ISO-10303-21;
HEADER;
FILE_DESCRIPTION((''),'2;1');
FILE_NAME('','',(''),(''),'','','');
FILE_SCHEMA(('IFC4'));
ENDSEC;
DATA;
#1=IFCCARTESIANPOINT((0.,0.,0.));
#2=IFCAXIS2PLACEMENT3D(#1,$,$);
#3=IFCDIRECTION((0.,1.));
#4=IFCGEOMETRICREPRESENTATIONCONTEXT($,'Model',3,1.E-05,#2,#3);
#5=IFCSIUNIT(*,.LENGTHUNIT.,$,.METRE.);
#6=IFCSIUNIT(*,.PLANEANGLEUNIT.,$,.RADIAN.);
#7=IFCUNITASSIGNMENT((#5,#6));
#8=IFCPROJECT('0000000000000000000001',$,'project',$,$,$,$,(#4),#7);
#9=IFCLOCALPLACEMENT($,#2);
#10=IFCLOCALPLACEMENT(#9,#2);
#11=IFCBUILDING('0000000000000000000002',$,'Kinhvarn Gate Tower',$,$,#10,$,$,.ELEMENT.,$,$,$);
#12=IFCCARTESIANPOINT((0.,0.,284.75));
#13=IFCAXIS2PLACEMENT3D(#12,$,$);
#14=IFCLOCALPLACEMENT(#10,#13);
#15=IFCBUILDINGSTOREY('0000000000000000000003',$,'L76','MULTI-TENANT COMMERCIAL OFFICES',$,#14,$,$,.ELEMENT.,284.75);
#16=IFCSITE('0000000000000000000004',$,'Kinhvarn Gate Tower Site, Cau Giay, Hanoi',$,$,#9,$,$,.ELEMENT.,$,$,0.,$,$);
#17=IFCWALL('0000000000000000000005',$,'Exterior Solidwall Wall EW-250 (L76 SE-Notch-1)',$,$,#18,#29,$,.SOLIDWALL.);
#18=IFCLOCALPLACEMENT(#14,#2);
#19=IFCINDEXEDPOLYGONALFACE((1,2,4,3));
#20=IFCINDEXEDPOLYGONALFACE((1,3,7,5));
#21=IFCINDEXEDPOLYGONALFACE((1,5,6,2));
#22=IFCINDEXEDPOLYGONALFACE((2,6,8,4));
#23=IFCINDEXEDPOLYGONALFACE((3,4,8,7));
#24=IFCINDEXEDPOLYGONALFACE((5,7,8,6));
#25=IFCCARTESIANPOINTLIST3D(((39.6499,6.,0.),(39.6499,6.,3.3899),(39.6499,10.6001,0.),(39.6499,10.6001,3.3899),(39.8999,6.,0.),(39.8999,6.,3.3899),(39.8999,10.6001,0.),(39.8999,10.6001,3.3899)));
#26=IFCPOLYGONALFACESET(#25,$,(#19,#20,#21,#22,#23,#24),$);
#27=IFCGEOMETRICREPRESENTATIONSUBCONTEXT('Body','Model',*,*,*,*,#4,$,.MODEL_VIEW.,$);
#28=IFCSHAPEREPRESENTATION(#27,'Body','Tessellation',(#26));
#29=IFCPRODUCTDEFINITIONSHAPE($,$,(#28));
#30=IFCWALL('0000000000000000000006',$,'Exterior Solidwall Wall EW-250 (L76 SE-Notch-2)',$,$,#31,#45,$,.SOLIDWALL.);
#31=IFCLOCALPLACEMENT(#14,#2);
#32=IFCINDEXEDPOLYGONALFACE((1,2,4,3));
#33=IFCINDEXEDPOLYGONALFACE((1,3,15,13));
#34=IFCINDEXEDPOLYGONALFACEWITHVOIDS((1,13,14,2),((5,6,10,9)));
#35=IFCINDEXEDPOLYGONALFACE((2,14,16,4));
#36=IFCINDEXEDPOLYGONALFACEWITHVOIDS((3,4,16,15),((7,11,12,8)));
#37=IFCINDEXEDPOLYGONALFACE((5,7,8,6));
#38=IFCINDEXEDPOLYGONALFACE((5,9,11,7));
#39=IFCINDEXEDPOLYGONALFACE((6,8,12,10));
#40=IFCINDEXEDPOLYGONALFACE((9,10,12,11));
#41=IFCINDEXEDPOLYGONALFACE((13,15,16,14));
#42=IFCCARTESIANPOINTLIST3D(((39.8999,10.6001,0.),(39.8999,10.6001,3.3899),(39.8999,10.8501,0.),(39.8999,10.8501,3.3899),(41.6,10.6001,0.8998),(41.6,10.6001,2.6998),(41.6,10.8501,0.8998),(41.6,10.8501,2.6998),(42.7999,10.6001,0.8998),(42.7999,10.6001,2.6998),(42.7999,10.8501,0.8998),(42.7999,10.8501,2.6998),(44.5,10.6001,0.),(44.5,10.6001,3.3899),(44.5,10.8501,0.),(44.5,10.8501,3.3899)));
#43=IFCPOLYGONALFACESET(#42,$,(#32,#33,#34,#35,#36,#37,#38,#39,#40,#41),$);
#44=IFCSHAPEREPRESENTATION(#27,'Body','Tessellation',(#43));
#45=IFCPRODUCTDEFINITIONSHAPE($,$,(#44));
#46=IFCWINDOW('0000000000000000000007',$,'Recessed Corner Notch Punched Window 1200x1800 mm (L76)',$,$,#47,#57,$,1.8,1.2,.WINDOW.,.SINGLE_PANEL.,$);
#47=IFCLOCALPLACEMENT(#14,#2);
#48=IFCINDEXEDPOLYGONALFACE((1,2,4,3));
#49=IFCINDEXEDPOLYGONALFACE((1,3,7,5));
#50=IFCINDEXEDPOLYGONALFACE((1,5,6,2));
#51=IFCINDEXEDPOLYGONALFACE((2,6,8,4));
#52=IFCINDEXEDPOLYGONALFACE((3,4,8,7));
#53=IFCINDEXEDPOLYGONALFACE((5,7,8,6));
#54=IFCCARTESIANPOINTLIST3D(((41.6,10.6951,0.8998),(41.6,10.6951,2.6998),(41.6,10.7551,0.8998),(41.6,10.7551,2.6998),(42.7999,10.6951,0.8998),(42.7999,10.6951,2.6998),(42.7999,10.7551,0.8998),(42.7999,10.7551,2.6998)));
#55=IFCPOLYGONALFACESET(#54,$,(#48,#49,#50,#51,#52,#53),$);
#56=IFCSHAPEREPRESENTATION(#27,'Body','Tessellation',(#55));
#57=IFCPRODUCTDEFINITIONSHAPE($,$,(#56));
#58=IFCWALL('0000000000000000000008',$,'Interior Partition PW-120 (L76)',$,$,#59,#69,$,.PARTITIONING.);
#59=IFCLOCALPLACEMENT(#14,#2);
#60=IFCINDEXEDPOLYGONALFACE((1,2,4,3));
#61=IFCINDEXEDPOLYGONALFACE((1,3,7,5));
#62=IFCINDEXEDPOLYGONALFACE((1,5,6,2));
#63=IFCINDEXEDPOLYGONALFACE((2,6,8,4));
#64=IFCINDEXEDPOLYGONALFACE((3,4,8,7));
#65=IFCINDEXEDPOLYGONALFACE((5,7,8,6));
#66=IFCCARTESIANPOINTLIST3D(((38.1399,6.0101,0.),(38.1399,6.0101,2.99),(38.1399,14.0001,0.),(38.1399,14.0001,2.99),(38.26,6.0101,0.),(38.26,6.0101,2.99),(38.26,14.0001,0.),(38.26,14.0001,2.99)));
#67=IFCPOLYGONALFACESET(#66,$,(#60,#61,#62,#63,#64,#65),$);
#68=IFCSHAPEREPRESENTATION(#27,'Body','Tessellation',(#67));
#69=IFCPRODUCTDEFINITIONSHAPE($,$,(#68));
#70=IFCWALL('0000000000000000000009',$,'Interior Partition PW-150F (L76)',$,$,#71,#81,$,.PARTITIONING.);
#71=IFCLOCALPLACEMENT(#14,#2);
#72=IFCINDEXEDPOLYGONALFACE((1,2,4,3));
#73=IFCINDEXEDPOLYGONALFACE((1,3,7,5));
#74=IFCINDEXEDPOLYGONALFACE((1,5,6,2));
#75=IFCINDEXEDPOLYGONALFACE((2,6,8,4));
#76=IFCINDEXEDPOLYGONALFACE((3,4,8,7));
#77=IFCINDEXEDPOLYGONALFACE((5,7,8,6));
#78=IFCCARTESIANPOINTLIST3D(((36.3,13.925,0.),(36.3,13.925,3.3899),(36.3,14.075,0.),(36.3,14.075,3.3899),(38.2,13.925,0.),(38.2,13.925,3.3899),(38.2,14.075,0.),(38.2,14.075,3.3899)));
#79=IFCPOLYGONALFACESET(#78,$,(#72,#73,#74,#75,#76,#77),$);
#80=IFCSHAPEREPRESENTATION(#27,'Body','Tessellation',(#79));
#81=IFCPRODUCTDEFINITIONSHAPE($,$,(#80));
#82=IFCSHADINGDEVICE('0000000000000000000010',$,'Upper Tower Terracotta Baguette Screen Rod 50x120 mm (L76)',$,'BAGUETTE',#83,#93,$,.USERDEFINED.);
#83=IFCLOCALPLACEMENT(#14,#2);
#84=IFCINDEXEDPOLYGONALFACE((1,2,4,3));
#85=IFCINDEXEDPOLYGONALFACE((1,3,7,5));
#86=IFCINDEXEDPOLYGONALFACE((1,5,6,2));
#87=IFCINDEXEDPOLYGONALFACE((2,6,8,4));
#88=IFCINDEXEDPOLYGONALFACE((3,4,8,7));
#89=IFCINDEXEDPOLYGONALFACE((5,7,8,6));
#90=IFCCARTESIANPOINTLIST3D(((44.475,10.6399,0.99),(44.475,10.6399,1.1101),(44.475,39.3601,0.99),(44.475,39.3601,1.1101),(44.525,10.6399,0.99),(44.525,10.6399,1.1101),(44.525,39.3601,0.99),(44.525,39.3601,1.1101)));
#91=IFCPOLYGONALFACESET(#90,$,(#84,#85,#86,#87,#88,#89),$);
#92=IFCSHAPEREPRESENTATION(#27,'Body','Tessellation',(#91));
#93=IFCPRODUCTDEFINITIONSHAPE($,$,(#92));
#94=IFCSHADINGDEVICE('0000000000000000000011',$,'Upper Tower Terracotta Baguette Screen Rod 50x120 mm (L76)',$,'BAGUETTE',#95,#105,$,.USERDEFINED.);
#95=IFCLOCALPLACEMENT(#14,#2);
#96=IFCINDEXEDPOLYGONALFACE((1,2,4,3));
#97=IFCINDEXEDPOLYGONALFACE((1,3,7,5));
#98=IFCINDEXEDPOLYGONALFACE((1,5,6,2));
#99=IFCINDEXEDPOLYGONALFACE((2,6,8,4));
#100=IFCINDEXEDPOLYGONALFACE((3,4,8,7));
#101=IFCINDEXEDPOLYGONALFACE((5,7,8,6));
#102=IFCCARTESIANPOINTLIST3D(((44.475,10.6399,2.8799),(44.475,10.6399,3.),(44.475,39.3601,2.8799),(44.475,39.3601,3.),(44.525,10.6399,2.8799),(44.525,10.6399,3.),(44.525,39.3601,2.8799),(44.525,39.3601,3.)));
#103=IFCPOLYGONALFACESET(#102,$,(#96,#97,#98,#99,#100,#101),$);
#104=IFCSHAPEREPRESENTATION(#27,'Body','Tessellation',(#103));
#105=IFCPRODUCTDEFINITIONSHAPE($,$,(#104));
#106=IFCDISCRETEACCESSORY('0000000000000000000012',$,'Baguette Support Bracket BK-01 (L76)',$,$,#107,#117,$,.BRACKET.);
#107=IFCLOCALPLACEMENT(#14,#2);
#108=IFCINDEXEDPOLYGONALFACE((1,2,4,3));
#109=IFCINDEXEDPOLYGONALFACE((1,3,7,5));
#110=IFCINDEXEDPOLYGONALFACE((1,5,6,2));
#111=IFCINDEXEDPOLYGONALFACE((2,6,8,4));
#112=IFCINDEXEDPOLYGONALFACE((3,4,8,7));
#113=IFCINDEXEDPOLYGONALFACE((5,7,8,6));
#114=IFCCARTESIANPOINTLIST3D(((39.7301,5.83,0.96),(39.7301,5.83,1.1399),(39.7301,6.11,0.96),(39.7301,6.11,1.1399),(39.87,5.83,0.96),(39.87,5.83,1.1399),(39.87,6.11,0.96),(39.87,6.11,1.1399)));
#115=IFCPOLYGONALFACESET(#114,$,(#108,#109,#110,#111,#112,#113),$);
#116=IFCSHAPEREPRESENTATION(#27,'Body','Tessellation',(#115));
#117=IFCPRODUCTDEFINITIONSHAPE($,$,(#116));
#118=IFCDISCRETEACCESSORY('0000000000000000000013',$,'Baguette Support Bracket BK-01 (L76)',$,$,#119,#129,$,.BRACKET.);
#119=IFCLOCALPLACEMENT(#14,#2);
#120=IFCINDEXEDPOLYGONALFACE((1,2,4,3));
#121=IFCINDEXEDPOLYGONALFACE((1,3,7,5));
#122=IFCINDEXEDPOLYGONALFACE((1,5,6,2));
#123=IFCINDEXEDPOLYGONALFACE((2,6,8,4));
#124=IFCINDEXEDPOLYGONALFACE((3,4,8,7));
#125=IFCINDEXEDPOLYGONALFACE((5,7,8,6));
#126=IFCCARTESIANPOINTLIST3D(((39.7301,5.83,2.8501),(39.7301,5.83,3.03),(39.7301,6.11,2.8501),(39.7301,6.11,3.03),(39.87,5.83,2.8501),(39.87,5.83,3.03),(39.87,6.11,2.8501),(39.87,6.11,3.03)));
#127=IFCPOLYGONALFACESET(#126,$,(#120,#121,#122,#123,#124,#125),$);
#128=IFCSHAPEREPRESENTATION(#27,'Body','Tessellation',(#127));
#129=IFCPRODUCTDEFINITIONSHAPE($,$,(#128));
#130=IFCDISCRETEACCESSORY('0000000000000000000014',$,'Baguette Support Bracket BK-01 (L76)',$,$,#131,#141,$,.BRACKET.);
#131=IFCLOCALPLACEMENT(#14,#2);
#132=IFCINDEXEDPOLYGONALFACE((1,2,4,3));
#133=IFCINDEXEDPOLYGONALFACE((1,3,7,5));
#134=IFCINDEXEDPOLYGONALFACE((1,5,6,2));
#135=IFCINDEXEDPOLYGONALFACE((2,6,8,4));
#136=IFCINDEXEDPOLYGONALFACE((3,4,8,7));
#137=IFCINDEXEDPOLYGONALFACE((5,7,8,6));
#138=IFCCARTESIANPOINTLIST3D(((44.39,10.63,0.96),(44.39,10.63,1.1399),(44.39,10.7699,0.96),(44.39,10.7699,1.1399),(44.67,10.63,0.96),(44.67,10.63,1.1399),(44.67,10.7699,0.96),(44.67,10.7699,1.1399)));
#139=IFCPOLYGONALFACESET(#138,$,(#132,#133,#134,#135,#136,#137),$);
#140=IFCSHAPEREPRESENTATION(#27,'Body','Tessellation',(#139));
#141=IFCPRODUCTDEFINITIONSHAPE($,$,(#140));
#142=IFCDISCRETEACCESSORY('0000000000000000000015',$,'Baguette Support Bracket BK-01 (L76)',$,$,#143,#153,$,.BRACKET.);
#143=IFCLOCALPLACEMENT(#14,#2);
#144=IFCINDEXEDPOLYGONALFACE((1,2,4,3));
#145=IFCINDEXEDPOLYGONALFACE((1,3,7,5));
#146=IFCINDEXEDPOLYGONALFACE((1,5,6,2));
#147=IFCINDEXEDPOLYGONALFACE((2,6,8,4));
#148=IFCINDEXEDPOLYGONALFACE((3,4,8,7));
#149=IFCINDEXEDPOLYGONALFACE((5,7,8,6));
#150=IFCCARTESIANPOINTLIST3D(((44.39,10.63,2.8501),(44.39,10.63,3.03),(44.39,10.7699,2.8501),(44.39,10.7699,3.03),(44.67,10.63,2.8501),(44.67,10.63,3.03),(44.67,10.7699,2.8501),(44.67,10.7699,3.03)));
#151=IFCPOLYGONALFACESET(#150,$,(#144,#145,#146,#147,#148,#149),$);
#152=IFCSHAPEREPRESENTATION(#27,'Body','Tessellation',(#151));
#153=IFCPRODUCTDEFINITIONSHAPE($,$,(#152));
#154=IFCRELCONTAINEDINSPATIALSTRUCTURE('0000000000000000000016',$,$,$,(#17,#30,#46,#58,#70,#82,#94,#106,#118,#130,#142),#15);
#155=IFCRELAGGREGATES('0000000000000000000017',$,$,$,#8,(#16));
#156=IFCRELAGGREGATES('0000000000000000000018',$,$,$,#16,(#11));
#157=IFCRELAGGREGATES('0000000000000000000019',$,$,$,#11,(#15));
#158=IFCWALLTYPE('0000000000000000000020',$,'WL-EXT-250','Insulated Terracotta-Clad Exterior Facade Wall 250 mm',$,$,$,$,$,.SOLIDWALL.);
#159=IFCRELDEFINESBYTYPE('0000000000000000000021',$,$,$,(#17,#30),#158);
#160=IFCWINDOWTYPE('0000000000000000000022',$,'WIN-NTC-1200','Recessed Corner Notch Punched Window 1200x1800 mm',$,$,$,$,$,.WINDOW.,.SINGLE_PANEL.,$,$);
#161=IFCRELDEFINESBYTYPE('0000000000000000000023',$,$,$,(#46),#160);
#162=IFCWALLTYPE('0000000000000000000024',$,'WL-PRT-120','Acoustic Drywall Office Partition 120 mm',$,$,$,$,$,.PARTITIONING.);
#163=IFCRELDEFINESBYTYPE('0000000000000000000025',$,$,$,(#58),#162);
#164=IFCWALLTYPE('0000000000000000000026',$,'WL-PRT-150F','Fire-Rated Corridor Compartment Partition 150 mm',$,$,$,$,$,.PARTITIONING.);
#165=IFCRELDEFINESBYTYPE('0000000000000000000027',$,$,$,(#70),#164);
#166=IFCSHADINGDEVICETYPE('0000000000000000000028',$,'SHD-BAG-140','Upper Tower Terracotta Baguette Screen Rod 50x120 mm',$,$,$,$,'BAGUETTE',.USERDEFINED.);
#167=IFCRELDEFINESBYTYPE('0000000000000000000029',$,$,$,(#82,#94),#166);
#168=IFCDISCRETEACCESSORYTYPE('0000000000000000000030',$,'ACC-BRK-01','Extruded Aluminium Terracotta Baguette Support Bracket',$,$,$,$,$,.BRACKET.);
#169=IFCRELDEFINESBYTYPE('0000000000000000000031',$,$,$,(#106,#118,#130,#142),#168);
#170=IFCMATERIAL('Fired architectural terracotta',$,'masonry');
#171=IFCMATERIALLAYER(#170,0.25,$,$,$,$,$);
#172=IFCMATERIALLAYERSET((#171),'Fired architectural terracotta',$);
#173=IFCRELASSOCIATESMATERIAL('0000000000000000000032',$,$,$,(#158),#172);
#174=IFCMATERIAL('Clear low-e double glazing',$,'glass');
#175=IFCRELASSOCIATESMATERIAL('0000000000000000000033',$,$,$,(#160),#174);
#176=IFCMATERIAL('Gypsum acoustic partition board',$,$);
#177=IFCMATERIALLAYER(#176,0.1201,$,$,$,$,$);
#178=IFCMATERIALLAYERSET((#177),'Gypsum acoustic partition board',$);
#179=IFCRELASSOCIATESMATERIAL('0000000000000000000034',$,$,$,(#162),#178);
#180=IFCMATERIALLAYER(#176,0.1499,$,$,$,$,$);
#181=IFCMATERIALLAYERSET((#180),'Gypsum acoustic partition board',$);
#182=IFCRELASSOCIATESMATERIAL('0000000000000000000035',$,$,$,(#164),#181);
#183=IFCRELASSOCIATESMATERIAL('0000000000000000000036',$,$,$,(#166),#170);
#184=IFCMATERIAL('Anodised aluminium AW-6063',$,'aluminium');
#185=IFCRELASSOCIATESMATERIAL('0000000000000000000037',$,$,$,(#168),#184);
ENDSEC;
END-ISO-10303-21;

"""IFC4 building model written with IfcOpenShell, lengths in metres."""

from ifc_helpers import new_model, si_unit, direction, frame, frame_2d, origin, origin_2d, place, context, subcontext, project, spatial, rectangle, extrude, material, layer, layer_set, material_profile, profile_set, type_object, element, fill, save


model = new_model("IFC4")

# Units and contexts
model_context = context("Model", 3, precision=1e-05, world=origin(), true_north=direction((0.0, 1.0)))
body_context = subcontext(model_context, "Body", "Model", "MODEL_VIEW")
ifc_project = project(units=[si_unit("LENGTHUNIT", "METRE"), si_unit("PLANEANGLEUNIT", "RADIAN")], contexts=[model_context])

# Site, building, storey
site_placement = place(None, origin())
site = spatial("IfcSite", under=ifc_project, at=site_placement, Name="Kinhvarn Gate Tower Site, Cau Giay, Hanoi", CompositionType="ELEMENT", RefElevation=0.0)
building_placement = place(site_placement, origin())
building = spatial("IfcBuilding", under=site, at=building_placement, Name="Kinhvarn Gate Tower", CompositionType="ELEMENT")
storey_placement = place(building_placement, frame((0.0, 0.0, 284.75)))
storey = spatial("IfcBuildingStorey", under=building, at=storey_placement, Name="L76", Description="MULTI-TENANT COMMERCIAL OFFICES", CompositionType="ELEMENT", Elevation=284.75)

# Shared definitions
ifc_material_1 = material(Name="Anodised aluminium AW-6063", Category="aluminium")

# Shared definitions
ifc_material_2 = material(Name="Clear low-e double glazing", Category="glass")

# Wall
ifc_material_3 = material(Name="Fired architectural terracotta", Category="masonry")
ifc_layer_1 = layer(ifc_material_3, 0.25)
ifc_layer_set_1 = layer_set([ifc_layer_1], Name="Fired architectural terracotta")
wall_type_1 = type_object("IfcWallType", Name="WL-EXT-250", Description="Insulated Terracotta-Clad Exterior Facade Wall 250 mm", PredefinedType="SOLIDWALL", material=ifc_layer_set_1)
wall_1_placement = place(storey_placement, frame((39.7749, 6.0, 0.0), z_axis=(0.0, 0.0, 1.0), x_axis=(0.0, 1.0, 0.0)))
element("IfcWall", 1, at=wall_1_placement, inside=storey, type_object=wall_type_1, Name="Exterior Solidwall Wall EW-250 (L76 SE-Notch-1)", PredefinedType="SOLIDWALL", context=body_context, shape_type="SweptSolid", body=[
    extrude(rectangle(XDim=4.6001, YDim=0.25, at=frame_2d((2.3, 0.0))), origin(), (0.0, 0.0, 1.0), 3.3899),
])

# Wall, opening, window
wall_2_placement = place(storey_placement, frame((39.8999, 10.7251, 0.0), z_axis=(0.0, 0.0, 1.0), x_axis=(1.0, 0.0, 0.0)))
wall_2 = element("IfcWall", 2, at=wall_2_placement, inside=storey, type_object=wall_type_1, Name="Exterior Solidwall Wall EW-250 (L76 SE-Notch-2)", PredefinedType="SOLIDWALL", context=body_context, shape_type="SweptSolid", body=[
    extrude(rectangle(XDim=4.6001, YDim=0.25, at=frame_2d((2.3, 0.0))), origin(), (0.0, 0.0, 1.0), 3.3899),
])
opening_1_placement = place(wall_2_placement, frame((1.7, 0.0, 0.8999)))
opening_1 = element("IfcOpeningElement", 3, at=opening_1_placement, cuts=wall_2, PredefinedType="OPENING", context=body_context, shape_type="SweptSolid", body=[
    extrude(rectangle(XDim=1.2, YDim=1.8, at=frame_2d((0.6001, 0.8999))), frame((0.0, 0.135, 0.0), z_axis=(0.0, -1.0, 0.0), x_axis=(1.0, 0.0, 0.0)), (0.0, 0.0, 1.0), 0.27),
])
window_type = type_object("IfcWindowType", Name="WIN-NTC-1200", Description="Recessed Corner Notch Punched Window 1200x1800 mm", PartitioningType="SINGLE_PANEL", PredefinedType="WINDOW", material=ifc_material_2)
window_placement = place(opening_1_placement, origin())
window = element("IfcWindow", 4, at=window_placement, inside=storey, type_object=window_type, Name="Recessed Corner Notch Punched Window 1200x1800 mm (L76)", OverallHeight=1.8, OverallWidth=1.2, PartitioningType="SINGLE_PANEL", PredefinedType="WINDOW", context=body_context, shape_type="SweptSolid", body=[
    extrude(rectangle(XDim=1.2, YDim=1.8, at=frame_2d((0.6001, 0.8999))), frame((0.0, 0.03, 0.0), z_axis=(0.0, -1.0, 0.0), x_axis=(1.0, 0.0, 0.0)), (0.0, 0.0, 1.0), 0.0601),
])
fill(opening_1, window)

# Wall
ifc_material_4 = material(Name="Gypsum acoustic partition board")
ifc_layer_2 = layer(ifc_material_4, 0.1201)
ifc_layer_set_2 = layer_set([ifc_layer_2], Name="Gypsum acoustic partition board")
wall_type_2 = type_object("IfcWallType", Name="WL-PRT-120", Description="Acoustic Drywall Office Partition 120 mm", PredefinedType="PARTITIONING", material=ifc_layer_set_2)
wall_3_placement = place(storey_placement, frame((38.2, 6.01, 0.0), z_axis=(0.0, 0.0, 1.0), x_axis=(0.0, 1.0, 0.0)))
element("IfcWall", 5, at=wall_3_placement, inside=storey, type_object=wall_type_2, Name="Interior Partition PW-120 (L76)", PredefinedType="PARTITIONING", context=body_context, shape_type="SweptSolid", body=[
    extrude(rectangle(XDim=7.99, YDim=0.1201, at=frame_2d((3.9951, 0.0))), origin(), (0.0, 0.0, 1.0), 2.99),
])

# Shared definitions
ifc_layer_3 = layer(ifc_material_4, 0.1499)
ifc_layer_set_3 = layer_set([ifc_layer_3], Name="Gypsum acoustic partition board")
wall_type_3 = type_object("IfcWallType", Name="WL-PRT-150F", Description="Fire-Rated Corridor Compartment Partition 150 mm", PredefinedType="PARTITIONING", material=ifc_layer_set_3)

# Wall
wall_4_placement = place(storey_placement, frame((36.3, 14.0, 0.0), z_axis=(0.0, 0.0, 1.0), x_axis=(1.0, 0.0, 0.0)))
element("IfcWall", 6, at=wall_4_placement, inside=storey, type_object=wall_type_3, Name="Interior Partition PW-150F (L76)", PredefinedType="PARTITIONING", context=body_context, shape_type="SweptSolid", body=[
    extrude(rectangle(XDim=1.8999, YDim=0.1499, at=frame_2d((0.95, 0.0))), origin(), (0.0, 0.0, 1.0), 3.3899),
])

# Shading devices
ifc_material_profile_1 = material_profile(ifc_material_3, rectangle(XDim=0.05, YDim=0.1201, at=origin_2d()), Name="TC 50x120")
ifc_profile_set_1 = profile_set([ifc_material_profile_1], Name="Fired architectural terracotta")
shading_device_type = type_object("IfcShadingDeviceType", Name="SHD-BAG-140", Description="Upper Tower Terracotta Baguette Screen Rod 50x120 mm", ElementType="BAGUETTE", PredefinedType="USERDEFINED", material=ifc_profile_set_1)
for number, where, z_axis, x_axis, name in (
    (7, (44.5, 10.6399, 1.05), (0.0, 1.0, 0.0), (-1.0, 0.0, 0.0), "Upper Tower Terracotta Baguette Screen Rod 50x120 mm (L76)"),
    (8, (44.5, 10.6399, 2.9399), (0.0, 1.0, 0.0), (-1.0, 0.0, 0.0), "Upper Tower Terracotta Baguette Screen Rod 50x120 mm (L76)"),
):
    element("IfcShadingDevice", number, at=place(storey_placement, frame(where, z_axis=z_axis, x_axis=x_axis)), inside=storey, type_object=shading_device_type, Name=name, ObjectType="BAGUETTE", PredefinedType="USERDEFINED", context=body_context, shape_type="SweptSolid", body=[
        extrude(rectangle(XDim=0.05, YDim=0.1201, at=origin_2d()), origin(), (0.0, 0.0, 1.0), 28.7202),
    ])

# Discrete accessories
discrete_accessory_type = type_object("IfcDiscreteAccessoryType", Name="ACC-BRK-01", Description="Extruded Aluminium Terracotta Baguette Support Bracket", PredefinedType="BRACKET", material=ifc_material_1)
for number, where, z_axis, x_axis, name in (
    (9, (39.8, 5.97, 0.96), (0.0, 0.0, 1.0), (1.0, 0.0, 0.0), "Baguette Support Bracket BK-01 (L76)"),
    (10, (39.8, 5.97, 2.8501), (0.0, 0.0, 1.0), (1.0, 0.0, 0.0), "Baguette Support Bracket BK-01 (L76)"),
    (11, (44.53, 10.7, 0.96), (0.0, 0.0, 1.0), (0.0, 1.0, 0.0), "Baguette Support Bracket BK-01 (L76)"),
    (12, (44.53, 10.7, 2.8501), (0.0, 0.0, 1.0), (0.0, 1.0, 0.0), "Baguette Support Bracket BK-01 (L76)"),
):
    element("IfcDiscreteAccessory", number, at=place(storey_placement, frame(where, z_axis=z_axis, x_axis=x_axis)), inside=storey, type_object=discrete_accessory_type, Name=name, PredefinedType="BRACKET", context=body_context, shape_type="SweptSolid", body=[
        extrude(rectangle(XDim=0.1399, YDim=0.28, at=origin_2d()), origin(), (0.0, 0.0, 1.0), 0.1799),
    ])

save(model, "model.ifc")
